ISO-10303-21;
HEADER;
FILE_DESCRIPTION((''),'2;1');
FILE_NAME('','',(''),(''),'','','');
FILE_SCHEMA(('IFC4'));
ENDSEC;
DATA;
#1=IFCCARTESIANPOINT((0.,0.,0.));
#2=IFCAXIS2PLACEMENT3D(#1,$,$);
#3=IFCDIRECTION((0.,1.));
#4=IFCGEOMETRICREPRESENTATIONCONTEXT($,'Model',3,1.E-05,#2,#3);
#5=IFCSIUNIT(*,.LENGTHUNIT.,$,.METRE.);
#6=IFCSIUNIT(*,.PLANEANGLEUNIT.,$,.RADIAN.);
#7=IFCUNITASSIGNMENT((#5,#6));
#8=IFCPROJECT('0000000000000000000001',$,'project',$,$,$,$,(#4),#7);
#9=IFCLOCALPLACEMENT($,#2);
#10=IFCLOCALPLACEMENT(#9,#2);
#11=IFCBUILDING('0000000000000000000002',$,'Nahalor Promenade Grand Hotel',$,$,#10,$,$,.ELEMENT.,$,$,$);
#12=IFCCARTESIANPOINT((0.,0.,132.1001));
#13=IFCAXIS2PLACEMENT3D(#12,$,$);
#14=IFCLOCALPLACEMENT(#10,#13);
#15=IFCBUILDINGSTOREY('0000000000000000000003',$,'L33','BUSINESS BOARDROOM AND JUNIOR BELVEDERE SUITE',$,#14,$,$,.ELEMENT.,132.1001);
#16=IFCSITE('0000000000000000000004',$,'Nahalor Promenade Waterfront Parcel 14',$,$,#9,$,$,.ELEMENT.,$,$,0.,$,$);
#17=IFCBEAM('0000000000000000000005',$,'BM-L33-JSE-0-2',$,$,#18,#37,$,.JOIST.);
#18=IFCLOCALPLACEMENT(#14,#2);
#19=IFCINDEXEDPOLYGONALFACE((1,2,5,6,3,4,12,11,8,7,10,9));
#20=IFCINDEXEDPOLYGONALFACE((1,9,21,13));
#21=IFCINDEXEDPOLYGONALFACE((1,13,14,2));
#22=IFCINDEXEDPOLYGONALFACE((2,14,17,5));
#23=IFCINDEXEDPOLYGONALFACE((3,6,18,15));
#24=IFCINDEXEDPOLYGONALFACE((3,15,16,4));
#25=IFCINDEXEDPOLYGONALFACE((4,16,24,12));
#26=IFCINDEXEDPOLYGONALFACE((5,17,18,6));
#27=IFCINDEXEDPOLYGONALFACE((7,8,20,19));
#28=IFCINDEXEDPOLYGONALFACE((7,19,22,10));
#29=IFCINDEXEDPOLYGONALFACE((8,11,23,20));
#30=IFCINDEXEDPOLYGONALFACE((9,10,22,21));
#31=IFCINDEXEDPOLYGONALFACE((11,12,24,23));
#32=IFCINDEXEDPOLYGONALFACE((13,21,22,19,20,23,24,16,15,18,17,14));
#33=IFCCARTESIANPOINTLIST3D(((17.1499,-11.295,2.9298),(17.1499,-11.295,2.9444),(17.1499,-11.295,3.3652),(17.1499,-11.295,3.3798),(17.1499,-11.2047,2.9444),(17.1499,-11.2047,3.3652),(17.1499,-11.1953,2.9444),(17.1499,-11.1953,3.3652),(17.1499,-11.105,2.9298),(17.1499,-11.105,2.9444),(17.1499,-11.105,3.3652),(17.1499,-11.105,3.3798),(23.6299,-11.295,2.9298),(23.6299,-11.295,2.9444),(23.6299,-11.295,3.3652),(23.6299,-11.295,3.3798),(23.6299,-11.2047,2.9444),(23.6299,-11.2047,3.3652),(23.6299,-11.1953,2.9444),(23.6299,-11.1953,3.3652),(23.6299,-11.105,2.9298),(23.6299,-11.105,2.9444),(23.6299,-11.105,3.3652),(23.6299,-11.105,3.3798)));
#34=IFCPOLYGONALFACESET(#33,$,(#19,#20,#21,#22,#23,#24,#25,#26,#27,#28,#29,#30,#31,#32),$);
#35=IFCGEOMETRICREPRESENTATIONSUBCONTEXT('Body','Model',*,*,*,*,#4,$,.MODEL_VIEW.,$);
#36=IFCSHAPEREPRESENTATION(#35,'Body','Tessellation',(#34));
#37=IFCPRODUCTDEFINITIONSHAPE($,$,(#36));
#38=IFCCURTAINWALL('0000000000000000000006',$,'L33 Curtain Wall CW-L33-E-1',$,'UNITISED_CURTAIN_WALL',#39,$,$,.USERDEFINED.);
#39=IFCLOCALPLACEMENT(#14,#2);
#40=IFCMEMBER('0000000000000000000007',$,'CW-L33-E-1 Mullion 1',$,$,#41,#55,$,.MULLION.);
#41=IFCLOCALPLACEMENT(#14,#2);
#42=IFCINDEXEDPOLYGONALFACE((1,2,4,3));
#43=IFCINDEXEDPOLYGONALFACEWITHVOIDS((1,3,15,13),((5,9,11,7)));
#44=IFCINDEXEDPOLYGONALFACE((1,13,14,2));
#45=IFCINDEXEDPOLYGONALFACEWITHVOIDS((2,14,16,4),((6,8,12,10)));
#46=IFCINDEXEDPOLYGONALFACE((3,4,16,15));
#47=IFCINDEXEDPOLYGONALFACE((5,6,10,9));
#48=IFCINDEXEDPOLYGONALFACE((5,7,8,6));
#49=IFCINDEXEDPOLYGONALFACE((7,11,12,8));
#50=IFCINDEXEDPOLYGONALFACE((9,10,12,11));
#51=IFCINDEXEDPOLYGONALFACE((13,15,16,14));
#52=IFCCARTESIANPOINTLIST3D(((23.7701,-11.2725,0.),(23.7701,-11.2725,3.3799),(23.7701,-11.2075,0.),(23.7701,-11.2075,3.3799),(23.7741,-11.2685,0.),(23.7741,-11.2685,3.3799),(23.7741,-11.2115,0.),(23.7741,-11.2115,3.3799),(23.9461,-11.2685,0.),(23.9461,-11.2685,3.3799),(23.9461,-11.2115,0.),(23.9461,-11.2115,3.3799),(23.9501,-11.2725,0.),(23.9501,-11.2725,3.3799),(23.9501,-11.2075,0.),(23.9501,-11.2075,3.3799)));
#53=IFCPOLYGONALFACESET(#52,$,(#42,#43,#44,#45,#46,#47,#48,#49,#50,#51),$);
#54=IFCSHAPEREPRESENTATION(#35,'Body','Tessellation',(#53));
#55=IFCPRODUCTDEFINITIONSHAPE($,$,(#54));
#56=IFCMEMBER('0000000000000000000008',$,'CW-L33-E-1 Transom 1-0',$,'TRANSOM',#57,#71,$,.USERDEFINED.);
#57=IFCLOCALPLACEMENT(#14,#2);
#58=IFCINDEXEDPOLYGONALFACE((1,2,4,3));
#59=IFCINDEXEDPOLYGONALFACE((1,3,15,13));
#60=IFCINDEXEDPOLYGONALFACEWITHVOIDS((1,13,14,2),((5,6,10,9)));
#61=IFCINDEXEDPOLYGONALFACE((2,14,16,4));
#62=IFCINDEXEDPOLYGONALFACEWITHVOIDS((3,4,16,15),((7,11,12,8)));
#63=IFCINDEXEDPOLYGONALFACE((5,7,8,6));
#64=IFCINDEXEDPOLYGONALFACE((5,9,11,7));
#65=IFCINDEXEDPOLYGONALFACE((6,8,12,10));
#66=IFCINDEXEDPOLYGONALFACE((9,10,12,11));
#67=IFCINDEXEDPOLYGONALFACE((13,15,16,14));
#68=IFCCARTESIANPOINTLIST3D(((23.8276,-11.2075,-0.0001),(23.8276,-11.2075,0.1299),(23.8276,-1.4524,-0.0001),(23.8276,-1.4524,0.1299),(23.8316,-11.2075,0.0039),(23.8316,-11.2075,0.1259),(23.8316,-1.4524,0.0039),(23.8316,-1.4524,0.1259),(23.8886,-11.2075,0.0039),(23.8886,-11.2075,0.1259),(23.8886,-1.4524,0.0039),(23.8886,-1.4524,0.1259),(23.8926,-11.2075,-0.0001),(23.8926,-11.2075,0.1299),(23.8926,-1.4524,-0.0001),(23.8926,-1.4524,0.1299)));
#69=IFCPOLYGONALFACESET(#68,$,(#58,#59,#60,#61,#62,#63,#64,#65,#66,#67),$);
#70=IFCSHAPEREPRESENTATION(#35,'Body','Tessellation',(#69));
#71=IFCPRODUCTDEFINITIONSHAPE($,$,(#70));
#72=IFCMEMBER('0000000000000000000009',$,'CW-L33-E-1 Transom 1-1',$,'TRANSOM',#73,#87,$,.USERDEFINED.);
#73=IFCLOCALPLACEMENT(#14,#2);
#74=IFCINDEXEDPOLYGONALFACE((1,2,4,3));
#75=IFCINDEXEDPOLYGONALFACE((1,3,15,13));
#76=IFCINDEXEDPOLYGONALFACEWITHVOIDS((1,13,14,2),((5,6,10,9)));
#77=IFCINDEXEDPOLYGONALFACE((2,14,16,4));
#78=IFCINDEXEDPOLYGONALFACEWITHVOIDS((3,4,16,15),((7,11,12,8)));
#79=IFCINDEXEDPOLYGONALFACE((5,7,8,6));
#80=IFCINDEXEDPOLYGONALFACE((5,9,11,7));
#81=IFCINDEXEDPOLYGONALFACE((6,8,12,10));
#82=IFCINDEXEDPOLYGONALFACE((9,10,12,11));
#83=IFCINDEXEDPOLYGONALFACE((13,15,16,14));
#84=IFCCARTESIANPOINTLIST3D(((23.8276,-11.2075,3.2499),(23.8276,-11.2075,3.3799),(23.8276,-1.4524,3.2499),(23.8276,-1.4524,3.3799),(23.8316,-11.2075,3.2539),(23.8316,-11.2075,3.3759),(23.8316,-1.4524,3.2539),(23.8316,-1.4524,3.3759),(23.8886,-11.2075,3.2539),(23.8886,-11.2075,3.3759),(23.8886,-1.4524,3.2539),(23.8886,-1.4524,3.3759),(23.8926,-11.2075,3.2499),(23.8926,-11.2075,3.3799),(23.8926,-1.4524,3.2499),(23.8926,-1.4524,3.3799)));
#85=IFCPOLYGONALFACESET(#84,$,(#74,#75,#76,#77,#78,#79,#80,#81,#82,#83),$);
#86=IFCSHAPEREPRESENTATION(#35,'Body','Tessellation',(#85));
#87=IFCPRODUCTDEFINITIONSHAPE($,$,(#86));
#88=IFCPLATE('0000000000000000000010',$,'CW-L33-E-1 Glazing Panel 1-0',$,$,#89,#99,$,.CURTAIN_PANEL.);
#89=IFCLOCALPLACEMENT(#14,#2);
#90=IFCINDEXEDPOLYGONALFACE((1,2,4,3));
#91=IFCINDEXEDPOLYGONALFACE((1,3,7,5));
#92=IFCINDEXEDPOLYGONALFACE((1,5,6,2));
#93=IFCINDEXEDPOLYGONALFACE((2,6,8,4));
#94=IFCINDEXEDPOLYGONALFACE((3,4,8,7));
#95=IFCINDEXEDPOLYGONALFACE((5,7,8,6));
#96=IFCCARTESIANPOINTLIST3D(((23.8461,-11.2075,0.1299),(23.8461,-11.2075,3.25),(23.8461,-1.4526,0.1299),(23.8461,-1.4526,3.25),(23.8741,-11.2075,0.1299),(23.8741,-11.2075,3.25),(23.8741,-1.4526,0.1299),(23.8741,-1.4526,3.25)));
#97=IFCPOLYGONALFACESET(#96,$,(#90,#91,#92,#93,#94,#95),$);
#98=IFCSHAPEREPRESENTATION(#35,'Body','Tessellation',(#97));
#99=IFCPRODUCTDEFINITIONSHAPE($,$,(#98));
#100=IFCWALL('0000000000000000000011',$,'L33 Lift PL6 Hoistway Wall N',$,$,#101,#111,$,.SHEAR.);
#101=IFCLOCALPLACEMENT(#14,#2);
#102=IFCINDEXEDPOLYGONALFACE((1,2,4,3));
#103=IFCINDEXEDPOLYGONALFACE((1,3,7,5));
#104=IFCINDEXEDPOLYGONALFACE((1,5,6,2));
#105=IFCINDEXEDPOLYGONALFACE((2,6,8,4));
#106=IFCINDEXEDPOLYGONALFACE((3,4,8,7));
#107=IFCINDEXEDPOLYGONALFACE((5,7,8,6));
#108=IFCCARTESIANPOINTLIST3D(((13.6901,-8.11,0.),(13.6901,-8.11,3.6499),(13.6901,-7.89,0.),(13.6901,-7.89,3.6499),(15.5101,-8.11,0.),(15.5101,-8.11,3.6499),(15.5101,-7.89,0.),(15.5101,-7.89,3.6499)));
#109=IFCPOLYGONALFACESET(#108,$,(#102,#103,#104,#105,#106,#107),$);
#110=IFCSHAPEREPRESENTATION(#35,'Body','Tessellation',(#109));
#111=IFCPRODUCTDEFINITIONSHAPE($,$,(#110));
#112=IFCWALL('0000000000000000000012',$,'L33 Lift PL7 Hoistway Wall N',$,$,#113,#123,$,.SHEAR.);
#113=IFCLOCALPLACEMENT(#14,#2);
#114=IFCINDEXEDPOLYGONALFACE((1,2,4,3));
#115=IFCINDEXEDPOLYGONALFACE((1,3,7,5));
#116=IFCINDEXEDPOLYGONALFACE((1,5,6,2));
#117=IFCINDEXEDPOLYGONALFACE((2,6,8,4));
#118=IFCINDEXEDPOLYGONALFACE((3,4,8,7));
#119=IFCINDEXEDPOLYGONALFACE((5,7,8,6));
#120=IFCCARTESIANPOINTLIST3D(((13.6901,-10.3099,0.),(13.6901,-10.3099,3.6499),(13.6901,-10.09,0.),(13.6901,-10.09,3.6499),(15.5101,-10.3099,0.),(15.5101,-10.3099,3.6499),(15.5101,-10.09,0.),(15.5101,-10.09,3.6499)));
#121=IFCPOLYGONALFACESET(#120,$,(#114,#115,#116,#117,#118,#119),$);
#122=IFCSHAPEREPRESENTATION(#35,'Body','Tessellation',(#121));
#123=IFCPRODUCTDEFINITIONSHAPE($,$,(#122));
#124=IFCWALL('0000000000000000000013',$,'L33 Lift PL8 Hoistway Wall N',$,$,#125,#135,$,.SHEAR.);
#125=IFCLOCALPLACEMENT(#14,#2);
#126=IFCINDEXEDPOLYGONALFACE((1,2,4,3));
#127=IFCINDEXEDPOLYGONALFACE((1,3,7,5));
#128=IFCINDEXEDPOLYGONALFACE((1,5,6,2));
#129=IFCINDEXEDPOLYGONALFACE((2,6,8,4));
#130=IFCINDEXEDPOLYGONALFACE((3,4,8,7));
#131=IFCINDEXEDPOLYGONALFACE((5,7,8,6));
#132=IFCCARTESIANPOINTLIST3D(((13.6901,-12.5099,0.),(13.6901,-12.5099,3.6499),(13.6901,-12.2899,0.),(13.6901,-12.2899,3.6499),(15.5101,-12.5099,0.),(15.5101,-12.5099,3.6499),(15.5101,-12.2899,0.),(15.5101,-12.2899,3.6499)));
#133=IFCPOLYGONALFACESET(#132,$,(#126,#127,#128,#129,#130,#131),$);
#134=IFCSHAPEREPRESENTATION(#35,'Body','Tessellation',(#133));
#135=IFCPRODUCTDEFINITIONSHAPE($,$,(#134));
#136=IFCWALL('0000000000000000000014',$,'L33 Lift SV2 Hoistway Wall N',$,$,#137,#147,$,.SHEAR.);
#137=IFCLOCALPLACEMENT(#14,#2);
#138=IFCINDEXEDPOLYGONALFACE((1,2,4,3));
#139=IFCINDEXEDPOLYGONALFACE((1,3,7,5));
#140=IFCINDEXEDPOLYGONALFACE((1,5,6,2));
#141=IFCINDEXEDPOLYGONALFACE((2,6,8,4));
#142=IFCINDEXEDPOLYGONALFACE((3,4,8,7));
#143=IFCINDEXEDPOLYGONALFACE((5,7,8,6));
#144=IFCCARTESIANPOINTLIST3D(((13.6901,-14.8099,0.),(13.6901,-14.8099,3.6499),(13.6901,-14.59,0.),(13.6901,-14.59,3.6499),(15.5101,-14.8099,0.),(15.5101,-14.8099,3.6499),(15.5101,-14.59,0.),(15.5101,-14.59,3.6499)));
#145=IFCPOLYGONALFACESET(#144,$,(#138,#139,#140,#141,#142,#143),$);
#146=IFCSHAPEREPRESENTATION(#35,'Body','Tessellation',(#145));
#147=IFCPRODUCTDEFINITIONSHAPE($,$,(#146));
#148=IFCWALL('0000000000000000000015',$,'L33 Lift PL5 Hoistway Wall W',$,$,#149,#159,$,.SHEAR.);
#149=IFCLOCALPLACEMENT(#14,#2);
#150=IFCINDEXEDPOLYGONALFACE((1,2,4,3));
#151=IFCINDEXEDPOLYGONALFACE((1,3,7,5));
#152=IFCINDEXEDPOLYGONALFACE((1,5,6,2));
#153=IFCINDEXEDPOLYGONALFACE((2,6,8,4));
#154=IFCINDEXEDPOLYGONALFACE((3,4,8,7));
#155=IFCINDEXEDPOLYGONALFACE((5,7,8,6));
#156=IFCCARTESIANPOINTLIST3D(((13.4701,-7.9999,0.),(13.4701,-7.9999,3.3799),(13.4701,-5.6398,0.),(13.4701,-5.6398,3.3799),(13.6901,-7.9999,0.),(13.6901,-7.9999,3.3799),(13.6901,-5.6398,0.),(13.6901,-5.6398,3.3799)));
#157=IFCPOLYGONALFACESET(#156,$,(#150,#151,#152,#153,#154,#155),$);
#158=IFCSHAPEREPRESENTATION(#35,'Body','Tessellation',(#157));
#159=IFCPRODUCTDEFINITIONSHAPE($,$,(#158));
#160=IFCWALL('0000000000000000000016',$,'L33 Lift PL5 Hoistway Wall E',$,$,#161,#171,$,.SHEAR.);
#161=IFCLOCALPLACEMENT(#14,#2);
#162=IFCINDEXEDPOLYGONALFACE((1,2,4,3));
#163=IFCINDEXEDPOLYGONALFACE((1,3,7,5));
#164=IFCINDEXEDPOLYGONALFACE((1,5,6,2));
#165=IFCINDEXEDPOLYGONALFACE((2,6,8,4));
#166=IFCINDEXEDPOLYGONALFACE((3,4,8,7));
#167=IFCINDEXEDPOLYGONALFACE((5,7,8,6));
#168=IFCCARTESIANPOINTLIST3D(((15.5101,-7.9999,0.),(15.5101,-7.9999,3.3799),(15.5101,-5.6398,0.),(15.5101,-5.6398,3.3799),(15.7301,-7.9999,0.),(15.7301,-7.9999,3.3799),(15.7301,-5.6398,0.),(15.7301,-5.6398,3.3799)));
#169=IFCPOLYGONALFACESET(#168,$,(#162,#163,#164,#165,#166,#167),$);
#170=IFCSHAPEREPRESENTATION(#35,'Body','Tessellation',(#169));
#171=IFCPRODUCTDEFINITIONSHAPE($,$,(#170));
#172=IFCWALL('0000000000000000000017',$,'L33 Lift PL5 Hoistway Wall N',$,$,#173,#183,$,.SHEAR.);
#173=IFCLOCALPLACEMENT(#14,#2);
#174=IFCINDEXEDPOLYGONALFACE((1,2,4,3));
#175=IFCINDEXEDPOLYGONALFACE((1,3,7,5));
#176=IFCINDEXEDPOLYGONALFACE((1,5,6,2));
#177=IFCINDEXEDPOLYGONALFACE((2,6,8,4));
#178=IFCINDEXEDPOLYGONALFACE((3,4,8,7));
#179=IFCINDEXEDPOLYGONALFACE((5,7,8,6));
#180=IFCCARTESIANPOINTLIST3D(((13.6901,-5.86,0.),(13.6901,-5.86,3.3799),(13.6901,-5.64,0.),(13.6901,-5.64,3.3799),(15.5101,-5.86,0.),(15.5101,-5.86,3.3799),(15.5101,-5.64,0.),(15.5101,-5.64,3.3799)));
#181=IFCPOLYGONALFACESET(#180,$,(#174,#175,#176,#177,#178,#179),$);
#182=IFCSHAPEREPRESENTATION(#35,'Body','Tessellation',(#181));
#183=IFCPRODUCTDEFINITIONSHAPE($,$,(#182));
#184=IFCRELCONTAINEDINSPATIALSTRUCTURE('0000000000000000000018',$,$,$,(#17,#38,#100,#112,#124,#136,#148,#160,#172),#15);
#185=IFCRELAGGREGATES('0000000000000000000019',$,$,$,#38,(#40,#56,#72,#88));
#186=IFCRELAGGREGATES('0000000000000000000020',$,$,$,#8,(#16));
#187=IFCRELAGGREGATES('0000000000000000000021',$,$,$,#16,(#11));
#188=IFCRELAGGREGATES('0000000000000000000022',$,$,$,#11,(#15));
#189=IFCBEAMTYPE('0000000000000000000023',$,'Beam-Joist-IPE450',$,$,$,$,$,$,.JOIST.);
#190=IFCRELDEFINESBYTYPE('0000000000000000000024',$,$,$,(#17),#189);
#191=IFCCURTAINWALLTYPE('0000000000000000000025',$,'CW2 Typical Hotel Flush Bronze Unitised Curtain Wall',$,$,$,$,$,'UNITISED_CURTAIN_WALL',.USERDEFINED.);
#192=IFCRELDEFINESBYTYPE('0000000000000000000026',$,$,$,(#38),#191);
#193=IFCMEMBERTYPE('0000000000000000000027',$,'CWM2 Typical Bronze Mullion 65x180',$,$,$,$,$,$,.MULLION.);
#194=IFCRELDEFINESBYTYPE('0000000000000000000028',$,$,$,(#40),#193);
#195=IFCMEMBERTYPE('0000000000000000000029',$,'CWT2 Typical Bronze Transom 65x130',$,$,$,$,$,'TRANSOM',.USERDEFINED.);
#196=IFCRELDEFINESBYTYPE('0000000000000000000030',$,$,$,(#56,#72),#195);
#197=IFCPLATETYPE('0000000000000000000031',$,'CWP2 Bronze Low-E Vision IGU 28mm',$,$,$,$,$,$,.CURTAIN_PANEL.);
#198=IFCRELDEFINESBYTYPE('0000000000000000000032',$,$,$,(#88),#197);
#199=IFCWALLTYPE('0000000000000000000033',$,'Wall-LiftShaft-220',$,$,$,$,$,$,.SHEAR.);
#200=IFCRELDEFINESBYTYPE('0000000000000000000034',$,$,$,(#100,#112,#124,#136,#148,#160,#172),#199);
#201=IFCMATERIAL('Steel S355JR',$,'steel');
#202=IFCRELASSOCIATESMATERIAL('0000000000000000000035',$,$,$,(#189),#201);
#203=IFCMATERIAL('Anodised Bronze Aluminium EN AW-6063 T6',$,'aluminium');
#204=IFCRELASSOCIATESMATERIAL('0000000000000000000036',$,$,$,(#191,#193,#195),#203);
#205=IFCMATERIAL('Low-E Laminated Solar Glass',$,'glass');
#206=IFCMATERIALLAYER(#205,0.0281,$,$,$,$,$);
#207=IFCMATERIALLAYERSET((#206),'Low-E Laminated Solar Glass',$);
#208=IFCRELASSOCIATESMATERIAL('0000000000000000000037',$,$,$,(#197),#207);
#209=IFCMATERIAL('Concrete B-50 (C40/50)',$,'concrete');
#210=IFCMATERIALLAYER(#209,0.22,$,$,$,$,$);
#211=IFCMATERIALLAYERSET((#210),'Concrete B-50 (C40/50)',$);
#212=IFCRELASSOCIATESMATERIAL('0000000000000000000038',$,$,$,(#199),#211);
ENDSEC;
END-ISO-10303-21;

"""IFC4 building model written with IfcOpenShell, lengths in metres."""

from ifc_helpers import new_model, si_unit, direction, frame, frame_2d, origin, origin_2d, place, context, subcontext, project, spatial, rectangle, hollow_rectangle, i_section, extrude, source, transform, mapped, material, layer, layer_set, material_profile, profile_set, type_object, element, aggregate, save


model = new_model("IFC4")

# Units and contexts
model_context = context("Model", 3, precision=1e-05, world=origin(), true_north=direction((0.0, 1.0)))
body_context = subcontext(model_context, "Body", "Model", "MODEL_VIEW")
ifc_project = project(units=[si_unit("LENGTHUNIT", "METRE"), si_unit("PLANEANGLEUNIT", "RADIAN")], contexts=[model_context])

# Site, building, storey
site_placement = place(None, origin())
site = spatial("IfcSite", under=ifc_project, at=site_placement, Name="Nahalor Promenade Waterfront Parcel 14", CompositionType="ELEMENT", RefElevation=0.0)
building_placement = place(site_placement, origin())
building = spatial("IfcBuilding", under=site, at=building_placement, Name="Nahalor Promenade Grand Hotel", CompositionType="ELEMENT")
storey_placement = place(building_placement, frame((0.0, 0.0, 132.1001)))
storey = spatial("IfcBuildingStorey", under=building, at=storey_placement, Name="L33", Description="BUSINESS BOARDROOM AND JUNIOR BELVEDERE SUITE", CompositionType="ELEMENT", Elevation=132.1001)

# Beam
ifc_material_1 = material(Name="Steel S355JR", Category="steel")
ifc_material_profile_1 = material_profile(ifc_material_1, i_section(OverallWidth=0.19, OverallDepth=0.45, WebThickness=0.0094, FlangeThickness=0.0146, at=origin_2d()), Name="IPE 450")
ifc_profile_set_1 = profile_set([ifc_material_profile_1], Name="Steel S355JR")
beam_type_1 = type_object("IfcBeamType", Name="Beam-Joist-IPE450", PredefinedType="JOIST", material=ifc_profile_set_1)
shared_shape_1 = source(origin(), body_context, "Body", "SweptSolid", [
    extrude(i_section(OverallWidth=0.19, OverallDepth=0.45, WebThickness=0.0094, FlangeThickness=0.0146, at=origin_2d()), origin(), (0.0, 0.0, 1.0), 6.48),
])
beam_1_placement = place(storey_placement, frame((17.1499, -11.2, 3.1548), z_axis=(1.0, 0.0, 0.0), x_axis=(0.0, 1.0, 0.0)))
element("IfcBeam", 1, at=beam_1_placement, inside=storey, type_object=beam_type_1, Name="BM-L33-JSE-0-2", PredefinedType="JOIST", context=body_context, shape_type="MappedRepresentation", body=[
    mapped(shared_shape_1, transform((0.0, 0.0, 0.0), scale=1.0)),
])

# Curtain wall, members, plate
ifc_material_2 = material(Name="Anodised Bronze Aluminium EN AW-6063 T6", Category="aluminium")
curtain_wall_type = type_object("IfcCurtainWallType", Name="CW2 Typical Hotel Flush Bronze Unitised Curtain Wall", ElementType="UNITISED_CURTAIN_WALL", PredefinedType="USERDEFINED", material=ifc_material_2)
curtain_wall_placement = place(storey_placement, origin())
curtain_wall = element("IfcCurtainWall", 2, at=curtain_wall_placement, inside=storey, type_object=curtain_wall_type, Name="L33 Curtain Wall CW-L33-E-1", ObjectType="UNITISED_CURTAIN_WALL", PredefinedType="USERDEFINED")
ifc_material_profile_2 = material_profile(ifc_material_2, hollow_rectangle(XDim=0.065, YDim=0.18, WallThickness=0.004, at=origin_2d()), Name="CWM 65x180x4")
ifc_profile_set_2 = profile_set([ifc_material_profile_2], Name="Anodised Bronze Aluminium EN AW-6063 T6")
member_type_1 = type_object("IfcMemberType", Name="CWM2 Typical Bronze Mullion 65x180", PredefinedType="MULLION", material=ifc_profile_set_2)
shared_shape_2 = source(origin(), body_context, "Body", "SweptSolid", [
    extrude(hollow_rectangle(XDim=0.065, YDim=0.18, WallThickness=0.004, at=origin_2d()), origin(), (0.0, 0.0, 1.0), 3.3799),
])
member_1_placement = place(storey_placement, frame((23.8601, -11.24, 0.0), z_axis=(0.0, 0.0, 1.0), x_axis=(0.0, 1.0, 0.0)))
member_1 = element("IfcMember", 3, at=member_1_placement, type_object=member_type_1, Name="CW-L33-E-1 Mullion 1", PredefinedType="MULLION", context=body_context, shape_type="MappedRepresentation", body=[
    mapped(shared_shape_2, transform((0.0, 0.0, 0.0), scale=1.0)),
])
ifc_material_profile_3 = material_profile(ifc_material_2, hollow_rectangle(XDim=0.065, YDim=0.13, WallThickness=0.004, at=origin_2d()), Name="CWT 65x130x4")
ifc_profile_set_3 = profile_set([ifc_material_profile_3], Name="Anodised Bronze Aluminium EN AW-6063 T6")
member_type_2 = type_object("IfcMemberType", Name="CWT2 Typical Bronze Transom 65x130", ElementType="TRANSOM", PredefinedType="USERDEFINED", material=ifc_profile_set_3)
shared_shape_3 = source(origin(), body_context, "Body", "SweptSolid", [
    extrude(hollow_rectangle(XDim=0.065, YDim=0.13, WallThickness=0.004, at=origin_2d()), origin(), (0.0, 0.0, 1.0), 9.7551),
])
member_2_placement = place(storey_placement, frame((23.8601, -11.2075, 0.0649), z_axis=(0.0, 1.0, 0.0), x_axis=(-1.0, 0.0, 0.0)))
member_2 = element("IfcMember", 4, at=member_2_placement, type_object=member_type_2, Name="CW-L33-E-1 Transom 1-0", ObjectType="TRANSOM", PredefinedType="USERDEFINED", context=body_context, shape_type="MappedRepresentation", body=[
    mapped(shared_shape_3, transform((0.0, 0.0, 0.0), scale=1.0)),
])
member_3_placement = place(storey_placement, frame((23.8601, -11.2075, 3.3149), z_axis=(0.0, 1.0, 0.0), x_axis=(-1.0, 0.0, 0.0)))
member_3 = element("IfcMember", 5, at=member_3_placement, type_object=member_type_2, Name="CW-L33-E-1 Transom 1-1", ObjectType="TRANSOM", PredefinedType="USERDEFINED", context=body_context, shape_type="MappedRepresentation", body=[
    mapped(shared_shape_3, transform((0.0, 0.0, 0.0), scale=1.0)),
])
ifc_material_3 = material(Name="Low-E Laminated Solar Glass", Category="glass")
ifc_layer_1 = layer(ifc_material_3, 0.0281)
ifc_layer_set_1 = layer_set([ifc_layer_1], Name="Low-E Laminated Solar Glass")
plate_type = type_object("IfcPlateType", Name="CWP2 Bronze Low-E Vision IGU 28mm", PredefinedType="CURTAIN_PANEL", material=ifc_layer_set_1)
shared_shape_4 = source(origin(), body_context, "Body", "SweptSolid", [
    extrude(rectangle(XDim=9.7549, YDim=0.0281, at=origin_2d()), origin(), (0.0, 0.0, 1.0), 3.1201),
])
plate_placement = place(storey_placement, frame((23.8601, -6.3301, 0.1299), z_axis=(0.0, 0.0, 1.0), x_axis=(0.0, 1.0, 0.0)))
plate = element("IfcPlate", 6, at=plate_placement, type_object=plate_type, Name="CW-L33-E-1 Glazing Panel 1-0", PredefinedType="CURTAIN_PANEL", context=body_context, shape_type="MappedRepresentation", body=[
    mapped(shared_shape_4, transform((0.0, 0.0, 0.0), scale=1.0)),
])
aggregate(curtain_wall, [member_1, member_2, member_3, plate])

# Walls
ifc_material_4 = material(Name="Concrete B-50 (C40/50)", Category="concrete")
ifc_layer_2 = layer(ifc_material_4, 0.22)
ifc_layer_set_2 = layer_set([ifc_layer_2], Name="Concrete B-50 (C40/50)")
wall_type_1 = type_object("IfcWallType", Name="Wall-LiftShaft-220", PredefinedType="SHEAR", material=ifc_layer_set_2)
shared_shape_5 = source(origin(), body_context, "Body", "SweptSolid", [
    extrude(rectangle(XDim=1.8201, YDim=0.22, at=frame_2d((0.9102, 0.0))), origin(), (0.0, 0.0, 1.0), 3.6499),
])
for number, where, z_axis, x_axis, name in (
    (7, (13.6899, -8.0, 0.0), (0.0, 0.0, 1.0), (1.0, 0.0, 0.0), "L33 Lift PL6 Hoistway Wall N"),
    (8, (13.6899, -10.2, 0.0), (0.0, 0.0, 1.0), (1.0, 0.0, 0.0), "L33 Lift PL7 Hoistway Wall N"),
    (9, (13.6899, -12.3999, 0.0), (0.0, 0.0, 1.0), (1.0, 0.0, 0.0), "L33 Lift PL8 Hoistway Wall N"),
    (10, (13.6899, -14.7, 0.0), (0.0, 0.0, 1.0), (1.0, 0.0, 0.0), "L33 Lift SV2 Hoistway Wall N"),
):
    element("IfcWall", number, at=place(storey_placement, frame(where, z_axis=z_axis, x_axis=x_axis)), inside=storey, type_object=wall_type_1, Name=name, PredefinedType="SHEAR", context=body_context, shape_type="MappedRepresentation", body=[
        mapped(shared_shape_5, transform((0.0, 0.0, 0.0), scale=1.0)),
    ])
shared_shape_6 = source(origin(), body_context, "Body", "SweptSolid", [
    extrude(rectangle(XDim=2.3601, YDim=0.22, at=frame_2d((1.1802, 0.0))), origin(), (0.0, 0.0, 1.0), 3.3799),
])
for number, where, z_axis, x_axis, name in (
    (11, (13.5801, -8.0, 0.0), (0.0, 0.0, 1.0), (0.0, 1.0, 0.0), "L33 Lift PL5 Hoistway Wall W"),
    (12, (15.6201, -8.0, 0.0), (0.0, 0.0, 1.0), (0.0, 1.0, 0.0), "L33 Lift PL5 Hoistway Wall E"),
):
    element("IfcWall", number, at=place(storey_placement, frame(where, z_axis=z_axis, x_axis=x_axis)), inside=storey, type_object=wall_type_1, Name=name, PredefinedType="SHEAR", context=body_context, shape_type="MappedRepresentation", body=[
        mapped(shared_shape_6, transform((0.0, 0.0, 0.0), scale=1.0)),
    ])
shared_shape_7 = source(origin(), body_context, "Body", "SweptSolid", [
    extrude(rectangle(XDim=1.8201, YDim=0.22, at=frame_2d((0.9102, 0.0))), origin(), (0.0, 0.0, 1.0), 3.3799),
])
wall_1_placement = place(storey_placement, frame((13.6899, -5.75, 0.0), z_axis=(0.0, 0.0, 1.0), x_axis=(1.0, 0.0, 0.0)))
element("IfcWall", 13, at=wall_1_placement, inside=storey, type_object=wall_type_1, Name="L33 Lift PL5 Hoistway Wall N", PredefinedType="SHEAR", context=body_context, shape_type="MappedRepresentation", body=[
    mapped(shared_shape_7, transform((0.0, 0.0, 0.0), scale=1.0)),
])

save(model, "model.ifc")
